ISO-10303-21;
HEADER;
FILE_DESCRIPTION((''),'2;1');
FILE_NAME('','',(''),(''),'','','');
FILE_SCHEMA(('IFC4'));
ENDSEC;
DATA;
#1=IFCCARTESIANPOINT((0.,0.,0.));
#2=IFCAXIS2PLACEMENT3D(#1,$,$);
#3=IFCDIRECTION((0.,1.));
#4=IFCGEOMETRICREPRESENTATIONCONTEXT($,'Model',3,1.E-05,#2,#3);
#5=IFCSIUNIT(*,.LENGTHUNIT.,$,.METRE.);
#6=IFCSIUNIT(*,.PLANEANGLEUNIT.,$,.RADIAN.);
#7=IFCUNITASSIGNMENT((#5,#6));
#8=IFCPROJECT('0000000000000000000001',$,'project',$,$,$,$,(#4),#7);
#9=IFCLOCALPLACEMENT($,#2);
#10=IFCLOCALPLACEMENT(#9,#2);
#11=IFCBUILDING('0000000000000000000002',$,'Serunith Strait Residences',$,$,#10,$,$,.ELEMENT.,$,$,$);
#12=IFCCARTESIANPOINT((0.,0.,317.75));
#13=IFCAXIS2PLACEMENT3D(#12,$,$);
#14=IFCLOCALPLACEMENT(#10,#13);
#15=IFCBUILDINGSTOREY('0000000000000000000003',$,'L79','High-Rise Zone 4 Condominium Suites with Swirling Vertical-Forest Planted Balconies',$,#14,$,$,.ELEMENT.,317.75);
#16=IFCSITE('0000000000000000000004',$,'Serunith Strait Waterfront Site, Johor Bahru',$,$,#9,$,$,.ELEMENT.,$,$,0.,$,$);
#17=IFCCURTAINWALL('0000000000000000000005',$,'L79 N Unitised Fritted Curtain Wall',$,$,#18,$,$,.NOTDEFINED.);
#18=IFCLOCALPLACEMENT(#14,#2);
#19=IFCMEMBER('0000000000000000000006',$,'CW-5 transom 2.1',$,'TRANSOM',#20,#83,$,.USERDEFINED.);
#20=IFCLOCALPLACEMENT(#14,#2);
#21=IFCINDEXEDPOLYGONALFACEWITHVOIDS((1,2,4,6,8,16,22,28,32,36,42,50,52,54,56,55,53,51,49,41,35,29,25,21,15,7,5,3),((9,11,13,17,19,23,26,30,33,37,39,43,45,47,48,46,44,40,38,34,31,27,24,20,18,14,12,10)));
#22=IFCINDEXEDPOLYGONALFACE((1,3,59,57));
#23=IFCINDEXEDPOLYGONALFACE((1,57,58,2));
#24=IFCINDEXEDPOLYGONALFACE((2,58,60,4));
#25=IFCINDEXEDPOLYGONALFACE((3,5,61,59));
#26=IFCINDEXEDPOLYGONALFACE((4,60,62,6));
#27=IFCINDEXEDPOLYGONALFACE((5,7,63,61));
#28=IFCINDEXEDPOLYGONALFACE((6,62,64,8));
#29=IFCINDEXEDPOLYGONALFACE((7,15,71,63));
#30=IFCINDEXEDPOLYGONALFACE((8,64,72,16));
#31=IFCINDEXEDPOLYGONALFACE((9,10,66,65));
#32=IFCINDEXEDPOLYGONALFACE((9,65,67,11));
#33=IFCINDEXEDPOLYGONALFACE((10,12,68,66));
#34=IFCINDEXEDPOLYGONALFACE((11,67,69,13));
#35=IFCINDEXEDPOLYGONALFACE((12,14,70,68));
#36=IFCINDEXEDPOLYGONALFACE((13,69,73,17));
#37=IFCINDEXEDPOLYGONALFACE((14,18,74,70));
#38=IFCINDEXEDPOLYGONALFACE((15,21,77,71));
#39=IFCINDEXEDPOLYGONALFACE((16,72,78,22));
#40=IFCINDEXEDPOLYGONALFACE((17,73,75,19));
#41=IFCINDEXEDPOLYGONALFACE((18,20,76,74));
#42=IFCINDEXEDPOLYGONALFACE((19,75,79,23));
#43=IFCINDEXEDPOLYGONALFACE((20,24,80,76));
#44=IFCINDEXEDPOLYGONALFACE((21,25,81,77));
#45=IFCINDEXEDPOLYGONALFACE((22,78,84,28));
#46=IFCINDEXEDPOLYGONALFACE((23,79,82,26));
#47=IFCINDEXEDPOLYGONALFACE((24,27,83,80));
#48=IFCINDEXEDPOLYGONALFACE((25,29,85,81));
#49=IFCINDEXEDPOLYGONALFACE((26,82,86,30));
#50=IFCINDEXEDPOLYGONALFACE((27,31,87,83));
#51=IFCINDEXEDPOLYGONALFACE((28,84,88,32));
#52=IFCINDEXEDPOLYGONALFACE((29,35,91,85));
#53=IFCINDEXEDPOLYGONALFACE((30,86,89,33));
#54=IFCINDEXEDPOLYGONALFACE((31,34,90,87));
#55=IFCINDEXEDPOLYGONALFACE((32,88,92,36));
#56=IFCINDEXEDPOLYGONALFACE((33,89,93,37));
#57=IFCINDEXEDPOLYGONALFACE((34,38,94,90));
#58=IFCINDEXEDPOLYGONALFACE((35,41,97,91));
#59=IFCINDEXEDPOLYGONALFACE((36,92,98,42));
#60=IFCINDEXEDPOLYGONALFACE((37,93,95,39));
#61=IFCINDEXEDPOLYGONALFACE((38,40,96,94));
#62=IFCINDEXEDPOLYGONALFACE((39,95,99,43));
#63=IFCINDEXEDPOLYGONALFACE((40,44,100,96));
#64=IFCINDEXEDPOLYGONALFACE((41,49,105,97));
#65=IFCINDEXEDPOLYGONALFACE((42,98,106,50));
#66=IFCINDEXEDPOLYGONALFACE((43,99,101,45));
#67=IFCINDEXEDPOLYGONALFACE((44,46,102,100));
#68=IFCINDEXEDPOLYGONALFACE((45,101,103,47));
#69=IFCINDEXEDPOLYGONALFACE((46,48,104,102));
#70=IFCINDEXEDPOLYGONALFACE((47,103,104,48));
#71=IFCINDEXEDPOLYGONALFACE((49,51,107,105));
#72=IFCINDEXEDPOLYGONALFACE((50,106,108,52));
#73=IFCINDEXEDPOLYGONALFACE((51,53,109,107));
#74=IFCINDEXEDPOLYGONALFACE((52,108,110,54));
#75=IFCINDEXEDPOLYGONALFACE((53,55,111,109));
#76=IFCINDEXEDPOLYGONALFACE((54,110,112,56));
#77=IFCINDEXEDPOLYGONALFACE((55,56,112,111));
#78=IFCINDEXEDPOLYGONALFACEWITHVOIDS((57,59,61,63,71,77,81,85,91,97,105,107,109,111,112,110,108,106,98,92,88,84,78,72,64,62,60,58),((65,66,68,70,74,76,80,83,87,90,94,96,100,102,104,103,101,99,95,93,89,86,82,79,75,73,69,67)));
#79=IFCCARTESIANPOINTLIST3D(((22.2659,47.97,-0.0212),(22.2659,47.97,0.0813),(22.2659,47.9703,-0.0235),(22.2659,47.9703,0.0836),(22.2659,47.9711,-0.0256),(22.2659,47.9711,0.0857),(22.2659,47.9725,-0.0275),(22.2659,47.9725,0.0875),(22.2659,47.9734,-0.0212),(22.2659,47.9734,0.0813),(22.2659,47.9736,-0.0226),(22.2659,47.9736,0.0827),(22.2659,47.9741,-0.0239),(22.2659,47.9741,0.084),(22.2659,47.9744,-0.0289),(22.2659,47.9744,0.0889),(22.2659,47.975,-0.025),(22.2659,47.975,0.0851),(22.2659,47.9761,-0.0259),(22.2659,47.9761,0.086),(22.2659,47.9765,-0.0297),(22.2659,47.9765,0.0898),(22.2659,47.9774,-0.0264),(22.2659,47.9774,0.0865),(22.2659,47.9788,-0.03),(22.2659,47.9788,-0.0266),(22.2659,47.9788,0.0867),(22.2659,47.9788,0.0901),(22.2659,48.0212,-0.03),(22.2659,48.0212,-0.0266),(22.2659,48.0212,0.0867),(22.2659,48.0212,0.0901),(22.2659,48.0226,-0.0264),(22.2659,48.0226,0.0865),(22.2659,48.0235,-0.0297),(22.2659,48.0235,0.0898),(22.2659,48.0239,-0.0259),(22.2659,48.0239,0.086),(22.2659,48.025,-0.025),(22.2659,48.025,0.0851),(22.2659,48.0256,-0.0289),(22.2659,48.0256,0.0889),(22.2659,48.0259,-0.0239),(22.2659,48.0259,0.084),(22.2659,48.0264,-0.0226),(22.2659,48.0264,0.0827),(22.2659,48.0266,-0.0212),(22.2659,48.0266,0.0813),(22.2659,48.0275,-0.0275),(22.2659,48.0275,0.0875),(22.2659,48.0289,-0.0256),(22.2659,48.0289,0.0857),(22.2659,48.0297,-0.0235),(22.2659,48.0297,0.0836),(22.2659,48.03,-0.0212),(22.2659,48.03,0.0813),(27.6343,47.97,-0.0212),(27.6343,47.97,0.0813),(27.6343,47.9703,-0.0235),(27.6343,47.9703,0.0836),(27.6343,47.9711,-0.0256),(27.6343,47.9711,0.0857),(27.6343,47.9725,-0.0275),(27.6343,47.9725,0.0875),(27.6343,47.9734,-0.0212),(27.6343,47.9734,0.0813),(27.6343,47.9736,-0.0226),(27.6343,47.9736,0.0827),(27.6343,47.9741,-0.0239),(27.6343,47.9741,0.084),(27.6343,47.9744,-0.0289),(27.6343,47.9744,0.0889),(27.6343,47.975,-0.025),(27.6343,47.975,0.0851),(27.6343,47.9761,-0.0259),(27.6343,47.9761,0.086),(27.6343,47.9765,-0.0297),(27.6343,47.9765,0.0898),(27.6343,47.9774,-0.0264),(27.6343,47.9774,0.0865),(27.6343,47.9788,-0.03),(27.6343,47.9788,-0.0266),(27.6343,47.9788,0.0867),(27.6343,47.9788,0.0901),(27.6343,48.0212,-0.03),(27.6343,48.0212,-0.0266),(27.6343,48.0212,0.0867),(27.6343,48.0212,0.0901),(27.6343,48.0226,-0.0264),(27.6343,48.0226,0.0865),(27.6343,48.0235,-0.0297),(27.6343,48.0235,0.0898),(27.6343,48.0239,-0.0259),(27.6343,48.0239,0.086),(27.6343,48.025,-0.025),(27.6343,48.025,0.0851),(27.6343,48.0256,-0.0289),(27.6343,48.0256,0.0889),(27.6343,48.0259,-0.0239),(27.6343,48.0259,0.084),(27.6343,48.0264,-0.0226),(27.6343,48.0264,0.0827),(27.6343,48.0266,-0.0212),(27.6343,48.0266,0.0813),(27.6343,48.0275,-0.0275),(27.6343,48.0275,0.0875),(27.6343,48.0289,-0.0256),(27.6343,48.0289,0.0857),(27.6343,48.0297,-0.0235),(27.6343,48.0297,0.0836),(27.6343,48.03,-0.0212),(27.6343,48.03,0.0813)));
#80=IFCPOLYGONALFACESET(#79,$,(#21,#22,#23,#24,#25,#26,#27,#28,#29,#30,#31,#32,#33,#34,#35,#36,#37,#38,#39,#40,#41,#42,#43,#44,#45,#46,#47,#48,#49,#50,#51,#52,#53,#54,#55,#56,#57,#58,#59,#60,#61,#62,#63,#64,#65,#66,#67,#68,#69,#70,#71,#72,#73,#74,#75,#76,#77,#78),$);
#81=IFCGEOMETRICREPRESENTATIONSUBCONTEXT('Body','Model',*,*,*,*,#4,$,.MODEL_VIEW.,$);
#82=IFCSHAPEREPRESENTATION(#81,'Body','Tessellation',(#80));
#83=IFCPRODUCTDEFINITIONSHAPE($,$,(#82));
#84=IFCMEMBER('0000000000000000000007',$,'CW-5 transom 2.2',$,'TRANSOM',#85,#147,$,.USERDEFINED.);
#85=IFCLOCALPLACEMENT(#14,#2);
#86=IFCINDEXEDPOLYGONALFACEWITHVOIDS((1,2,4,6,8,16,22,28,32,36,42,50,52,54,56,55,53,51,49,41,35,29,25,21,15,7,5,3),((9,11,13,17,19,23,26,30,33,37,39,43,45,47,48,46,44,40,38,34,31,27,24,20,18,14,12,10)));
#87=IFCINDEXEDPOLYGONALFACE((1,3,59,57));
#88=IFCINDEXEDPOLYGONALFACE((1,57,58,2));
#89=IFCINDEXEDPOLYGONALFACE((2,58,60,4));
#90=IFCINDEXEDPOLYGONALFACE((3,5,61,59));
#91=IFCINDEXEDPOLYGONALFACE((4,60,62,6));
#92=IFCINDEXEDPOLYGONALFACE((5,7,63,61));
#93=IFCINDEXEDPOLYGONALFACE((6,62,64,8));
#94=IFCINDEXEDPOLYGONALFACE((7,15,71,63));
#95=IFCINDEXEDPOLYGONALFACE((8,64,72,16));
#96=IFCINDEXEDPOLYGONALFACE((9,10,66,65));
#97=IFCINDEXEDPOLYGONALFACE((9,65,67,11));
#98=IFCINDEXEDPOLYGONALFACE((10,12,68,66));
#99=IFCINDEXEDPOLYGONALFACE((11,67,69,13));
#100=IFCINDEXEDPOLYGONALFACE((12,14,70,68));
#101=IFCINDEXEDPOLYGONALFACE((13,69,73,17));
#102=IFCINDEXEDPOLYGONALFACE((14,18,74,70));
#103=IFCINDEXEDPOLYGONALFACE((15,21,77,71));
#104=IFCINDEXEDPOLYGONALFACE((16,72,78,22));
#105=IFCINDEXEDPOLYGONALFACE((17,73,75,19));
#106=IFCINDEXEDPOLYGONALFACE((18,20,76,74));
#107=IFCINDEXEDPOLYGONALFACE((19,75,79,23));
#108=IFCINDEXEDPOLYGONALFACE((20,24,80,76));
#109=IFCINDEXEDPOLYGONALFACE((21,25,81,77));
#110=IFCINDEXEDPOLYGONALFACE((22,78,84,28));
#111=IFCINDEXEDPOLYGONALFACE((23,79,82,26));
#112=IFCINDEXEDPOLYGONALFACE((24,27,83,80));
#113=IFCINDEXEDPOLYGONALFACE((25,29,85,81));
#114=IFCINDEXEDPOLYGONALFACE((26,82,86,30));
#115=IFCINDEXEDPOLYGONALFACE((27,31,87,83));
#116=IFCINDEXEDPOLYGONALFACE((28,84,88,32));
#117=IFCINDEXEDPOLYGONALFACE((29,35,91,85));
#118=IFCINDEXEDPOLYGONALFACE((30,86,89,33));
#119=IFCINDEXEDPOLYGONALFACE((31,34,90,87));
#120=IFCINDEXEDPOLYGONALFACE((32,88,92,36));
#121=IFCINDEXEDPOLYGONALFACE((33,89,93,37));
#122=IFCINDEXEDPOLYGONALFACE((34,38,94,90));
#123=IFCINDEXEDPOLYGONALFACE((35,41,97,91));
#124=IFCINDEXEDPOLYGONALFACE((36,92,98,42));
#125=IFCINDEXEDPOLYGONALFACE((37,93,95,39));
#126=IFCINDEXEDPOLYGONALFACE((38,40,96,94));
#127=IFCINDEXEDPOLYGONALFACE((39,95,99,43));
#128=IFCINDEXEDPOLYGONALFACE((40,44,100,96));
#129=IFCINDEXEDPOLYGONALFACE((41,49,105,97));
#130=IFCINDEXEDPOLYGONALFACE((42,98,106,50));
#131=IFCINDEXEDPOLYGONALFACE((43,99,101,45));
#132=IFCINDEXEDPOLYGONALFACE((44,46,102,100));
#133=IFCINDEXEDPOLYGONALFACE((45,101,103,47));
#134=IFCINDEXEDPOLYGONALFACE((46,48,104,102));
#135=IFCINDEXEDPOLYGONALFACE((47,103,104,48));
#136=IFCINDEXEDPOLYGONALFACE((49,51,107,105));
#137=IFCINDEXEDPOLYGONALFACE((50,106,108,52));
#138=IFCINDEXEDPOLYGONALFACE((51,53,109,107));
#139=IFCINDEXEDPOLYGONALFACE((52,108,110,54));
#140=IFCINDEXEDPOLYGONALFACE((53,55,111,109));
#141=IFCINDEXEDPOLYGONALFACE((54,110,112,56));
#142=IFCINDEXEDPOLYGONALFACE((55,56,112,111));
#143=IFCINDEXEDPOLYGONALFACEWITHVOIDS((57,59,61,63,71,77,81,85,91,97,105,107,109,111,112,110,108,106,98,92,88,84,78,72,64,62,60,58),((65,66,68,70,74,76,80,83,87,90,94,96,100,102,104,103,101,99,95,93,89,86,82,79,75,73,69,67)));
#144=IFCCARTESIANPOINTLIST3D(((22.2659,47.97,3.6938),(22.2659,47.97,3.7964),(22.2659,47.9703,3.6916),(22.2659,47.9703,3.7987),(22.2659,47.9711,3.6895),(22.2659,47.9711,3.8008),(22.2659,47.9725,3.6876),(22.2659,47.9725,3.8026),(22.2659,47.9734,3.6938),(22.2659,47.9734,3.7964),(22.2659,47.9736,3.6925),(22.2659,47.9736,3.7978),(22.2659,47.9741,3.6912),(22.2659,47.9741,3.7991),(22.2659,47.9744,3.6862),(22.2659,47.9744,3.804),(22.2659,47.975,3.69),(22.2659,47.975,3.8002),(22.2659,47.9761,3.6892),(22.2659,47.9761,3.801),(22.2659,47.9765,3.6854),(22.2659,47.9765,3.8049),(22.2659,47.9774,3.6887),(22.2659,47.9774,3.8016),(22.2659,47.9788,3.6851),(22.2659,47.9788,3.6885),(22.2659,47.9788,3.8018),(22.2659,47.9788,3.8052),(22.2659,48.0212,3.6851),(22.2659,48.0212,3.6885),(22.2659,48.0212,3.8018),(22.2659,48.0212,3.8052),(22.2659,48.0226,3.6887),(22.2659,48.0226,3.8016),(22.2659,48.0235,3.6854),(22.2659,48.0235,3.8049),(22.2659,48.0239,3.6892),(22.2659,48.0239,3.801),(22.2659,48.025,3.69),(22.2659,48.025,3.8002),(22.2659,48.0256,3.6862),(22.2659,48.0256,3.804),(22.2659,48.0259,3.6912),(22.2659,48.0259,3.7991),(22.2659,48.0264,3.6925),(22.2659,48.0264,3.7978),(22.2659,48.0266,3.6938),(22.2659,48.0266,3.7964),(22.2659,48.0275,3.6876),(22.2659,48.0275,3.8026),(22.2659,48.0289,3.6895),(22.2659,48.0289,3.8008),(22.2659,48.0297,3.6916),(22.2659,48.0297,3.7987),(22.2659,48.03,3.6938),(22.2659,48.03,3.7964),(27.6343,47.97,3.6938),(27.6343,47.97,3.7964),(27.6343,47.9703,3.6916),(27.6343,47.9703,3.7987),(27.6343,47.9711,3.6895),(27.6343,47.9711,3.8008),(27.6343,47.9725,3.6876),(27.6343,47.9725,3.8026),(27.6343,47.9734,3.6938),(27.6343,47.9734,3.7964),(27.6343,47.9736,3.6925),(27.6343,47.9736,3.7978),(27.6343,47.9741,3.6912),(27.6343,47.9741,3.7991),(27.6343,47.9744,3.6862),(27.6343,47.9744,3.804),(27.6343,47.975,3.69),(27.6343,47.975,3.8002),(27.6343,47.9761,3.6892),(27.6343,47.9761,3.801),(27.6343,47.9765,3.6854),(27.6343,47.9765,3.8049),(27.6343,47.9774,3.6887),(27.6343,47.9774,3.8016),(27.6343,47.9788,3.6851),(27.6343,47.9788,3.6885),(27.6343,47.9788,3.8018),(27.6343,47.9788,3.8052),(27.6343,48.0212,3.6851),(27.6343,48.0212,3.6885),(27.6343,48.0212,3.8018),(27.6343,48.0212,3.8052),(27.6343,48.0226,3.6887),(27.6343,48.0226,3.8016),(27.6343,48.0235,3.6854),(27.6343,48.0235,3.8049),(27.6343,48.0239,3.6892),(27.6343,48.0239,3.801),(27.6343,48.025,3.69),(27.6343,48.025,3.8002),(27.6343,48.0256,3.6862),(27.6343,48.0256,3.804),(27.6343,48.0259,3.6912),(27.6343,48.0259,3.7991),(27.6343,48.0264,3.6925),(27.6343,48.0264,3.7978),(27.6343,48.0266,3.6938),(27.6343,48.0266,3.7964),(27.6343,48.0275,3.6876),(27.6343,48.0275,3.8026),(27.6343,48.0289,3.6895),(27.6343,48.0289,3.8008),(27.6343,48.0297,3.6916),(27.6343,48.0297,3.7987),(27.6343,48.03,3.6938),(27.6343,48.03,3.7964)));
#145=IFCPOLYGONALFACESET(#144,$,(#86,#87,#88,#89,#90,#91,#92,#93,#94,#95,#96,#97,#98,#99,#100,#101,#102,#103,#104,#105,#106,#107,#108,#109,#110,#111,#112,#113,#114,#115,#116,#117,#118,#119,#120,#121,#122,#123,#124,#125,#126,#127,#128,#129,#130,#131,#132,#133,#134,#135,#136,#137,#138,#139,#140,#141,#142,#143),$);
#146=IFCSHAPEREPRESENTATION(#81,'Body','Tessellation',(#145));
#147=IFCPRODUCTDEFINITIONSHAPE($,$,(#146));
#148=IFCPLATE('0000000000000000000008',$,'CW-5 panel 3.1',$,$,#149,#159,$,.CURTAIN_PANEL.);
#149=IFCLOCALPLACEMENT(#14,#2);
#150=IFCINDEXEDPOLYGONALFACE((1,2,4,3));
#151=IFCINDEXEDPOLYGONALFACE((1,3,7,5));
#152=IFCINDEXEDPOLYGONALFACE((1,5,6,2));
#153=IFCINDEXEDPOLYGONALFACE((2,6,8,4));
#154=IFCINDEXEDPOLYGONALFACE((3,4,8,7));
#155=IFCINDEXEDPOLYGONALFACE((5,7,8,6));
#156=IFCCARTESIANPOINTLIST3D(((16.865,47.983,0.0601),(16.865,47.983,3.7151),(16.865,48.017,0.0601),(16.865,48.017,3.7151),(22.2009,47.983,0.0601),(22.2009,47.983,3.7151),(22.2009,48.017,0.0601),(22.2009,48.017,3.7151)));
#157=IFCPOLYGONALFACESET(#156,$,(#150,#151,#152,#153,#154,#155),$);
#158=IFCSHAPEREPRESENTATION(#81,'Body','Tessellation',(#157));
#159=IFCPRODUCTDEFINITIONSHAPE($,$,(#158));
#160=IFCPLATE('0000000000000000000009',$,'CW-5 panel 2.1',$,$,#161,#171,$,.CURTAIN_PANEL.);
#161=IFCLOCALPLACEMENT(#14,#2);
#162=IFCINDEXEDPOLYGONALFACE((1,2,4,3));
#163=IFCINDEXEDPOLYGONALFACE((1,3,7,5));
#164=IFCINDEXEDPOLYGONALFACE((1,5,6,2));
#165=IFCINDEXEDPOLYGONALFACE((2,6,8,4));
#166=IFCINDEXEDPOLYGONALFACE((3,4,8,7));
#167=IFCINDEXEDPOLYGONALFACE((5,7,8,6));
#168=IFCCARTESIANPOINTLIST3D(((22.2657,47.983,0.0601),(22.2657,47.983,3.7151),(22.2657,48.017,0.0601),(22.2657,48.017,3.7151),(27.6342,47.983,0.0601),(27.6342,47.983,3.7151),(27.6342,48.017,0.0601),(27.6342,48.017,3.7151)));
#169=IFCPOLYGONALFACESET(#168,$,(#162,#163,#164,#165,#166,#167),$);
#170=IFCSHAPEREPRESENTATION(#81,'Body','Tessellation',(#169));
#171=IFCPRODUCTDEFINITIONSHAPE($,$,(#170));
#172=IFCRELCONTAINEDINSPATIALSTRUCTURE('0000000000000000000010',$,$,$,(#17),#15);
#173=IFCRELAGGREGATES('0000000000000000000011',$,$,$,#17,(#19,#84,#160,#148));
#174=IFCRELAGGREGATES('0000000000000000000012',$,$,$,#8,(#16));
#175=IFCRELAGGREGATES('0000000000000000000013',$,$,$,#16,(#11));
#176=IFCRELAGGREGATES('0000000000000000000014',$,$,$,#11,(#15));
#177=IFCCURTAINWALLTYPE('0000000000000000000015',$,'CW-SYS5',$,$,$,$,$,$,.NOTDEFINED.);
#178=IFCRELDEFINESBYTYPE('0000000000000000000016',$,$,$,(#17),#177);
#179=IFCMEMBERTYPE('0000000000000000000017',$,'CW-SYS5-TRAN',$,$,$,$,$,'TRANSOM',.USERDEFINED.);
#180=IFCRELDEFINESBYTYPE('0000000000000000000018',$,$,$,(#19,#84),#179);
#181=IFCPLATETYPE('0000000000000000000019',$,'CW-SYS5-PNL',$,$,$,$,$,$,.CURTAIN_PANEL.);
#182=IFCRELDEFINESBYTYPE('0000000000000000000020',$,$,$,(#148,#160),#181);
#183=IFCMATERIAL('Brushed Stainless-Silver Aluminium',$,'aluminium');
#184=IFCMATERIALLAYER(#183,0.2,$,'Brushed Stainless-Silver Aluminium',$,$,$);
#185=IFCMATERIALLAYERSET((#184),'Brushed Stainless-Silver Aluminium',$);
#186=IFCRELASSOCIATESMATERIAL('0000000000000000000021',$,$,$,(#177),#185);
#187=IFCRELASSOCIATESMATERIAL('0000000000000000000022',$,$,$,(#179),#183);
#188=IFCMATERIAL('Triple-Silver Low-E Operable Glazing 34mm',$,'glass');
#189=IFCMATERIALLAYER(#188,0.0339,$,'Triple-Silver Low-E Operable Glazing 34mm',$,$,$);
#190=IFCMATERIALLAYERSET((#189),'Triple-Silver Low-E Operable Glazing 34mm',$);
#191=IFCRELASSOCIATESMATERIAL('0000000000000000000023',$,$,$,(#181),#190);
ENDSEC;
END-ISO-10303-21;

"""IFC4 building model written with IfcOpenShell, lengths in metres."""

from ifc_helpers import new_model, si_unit, direction, frame, origin, origin_2d, place, context, subcontext, project, spatial, rectangle, hollow_rectangle, extrude, source, transform, mapped, material, layer, layer_set, material_profile, profile_set, type_object, element, aggregate, save


model = new_model("IFC4")

# Units and contexts
model_context = context("Model", 3, precision=1e-05, world=origin(), true_north=direction((0.0, 1.0)))
body_context = subcontext(model_context, "Body", "Model", "MODEL_VIEW")
ifc_project = project(units=[si_unit("LENGTHUNIT", "METRE"), si_unit("PLANEANGLEUNIT", "RADIAN")], contexts=[model_context])

# Site, building, storey
site_placement = place(None, origin())
site = spatial("IfcSite", under=ifc_project, at=site_placement, Name="Serunith Strait Waterfront Site, Johor Bahru", CompositionType="ELEMENT", RefElevation=0.0)
building_placement = place(site_placement, origin())
building = spatial("IfcBuilding", under=site, at=building_placement, Name="Serunith Strait Residences", CompositionType="ELEMENT")
storey_placement = place(building_placement, frame((0.0, 0.0, 317.75)))
storey = spatial("IfcBuildingStorey", under=building, at=storey_placement, Name="L79", Description="High-Rise Zone 4 Condominium Suites with Swirling Vertical-Forest Planted Balconies", CompositionType="ELEMENT", Elevation=317.75)

# Curtain wall, members, plates
ifc_material_1 = material(Name="Brushed Stainless-Silver Aluminium", Category="aluminium")
ifc_layer_1 = layer(ifc_material_1, 0.2, Name="Brushed Stainless-Silver Aluminium")
ifc_layer_set_1 = layer_set([ifc_layer_1], Name="Brushed Stainless-Silver Aluminium")
curtain_wall_type = type_object("IfcCurtainWallType", Name="CW-SYS5", PredefinedType="NOTDEFINED", material=ifc_layer_set_1)
curtain_wall_placement = place(storey_placement, origin())
curtain_wall = element("IfcCurtainWall", 1, at=curtain_wall_placement, inside=storey, type_object=curtain_wall_type, Name="L79 N Unitised Fritted Curtain Wall", PredefinedType="NOTDEFINED")
ifc_material_profile_1 = material_profile(ifc_material_1, hollow_rectangle(XDim=0.0601, YDim=0.1201, WallThickness=0.0034, InnerFilletRadius=0.0054, OuterFilletRadius=0.0088, at=origin_2d()), Name="ALU 120x60x3.5")
ifc_profile_set_1 = profile_set([ifc_material_profile_1], Name="Brushed Stainless-Silver Aluminium")
member_type_1 = type_object("IfcMemberType", Name="CW-SYS5-TRAN", ElementType="TRANSOM", PredefinedType="USERDEFINED", material=ifc_profile_set_1)
shared_shape_1 = source(origin(), body_context, "Body", "SweptSolid", [
    extrude(hollow_rectangle(XDim=0.0601, YDim=0.1201, WallThickness=0.0034, InnerFilletRadius=0.0054, OuterFilletRadius=0.0088, at=origin_2d()), origin(), (0.0, 0.0, 1.0), 5.3684),
])
member_1_placement = place(storey_placement, frame((27.6343, 48.0, 0.03), z_axis=(-1.0, 0.0, 0.0), x_axis=(0.0, -1.0, 0.0)))
member_1 = element("IfcMember", 2, at=member_1_placement, type_object=member_type_1, Name="CW-5 transom 2.1", ObjectType="TRANSOM", PredefinedType="USERDEFINED", context=body_context, shape_type="MappedRepresentation", body=[
    mapped(shared_shape_1, transform((0.0, 0.0, 0.0), scale=1.0)),
])
member_2_placement = place(storey_placement, frame((27.6343, 48.0, 3.7451), z_axis=(-1.0, 0.0, 0.0), x_axis=(0.0, -1.0, 0.0)))
member_2 = element("IfcMember", 3, at=member_2_placement, type_object=member_type_1, Name="CW-5 transom 2.2", ObjectType="TRANSOM", PredefinedType="USERDEFINED", context=body_context, shape_type="MappedRepresentation", body=[
    mapped(shared_shape_1, transform((0.0, 0.0, 0.0), scale=1.0)),
])
ifc_material_2 = material(Name="Triple-Silver Low-E Operable Glazing 34mm", Category="glass")
ifc_layer_2 = layer(ifc_material_2, 0.0339, Name="Triple-Silver Low-E Operable Glazing 34mm")
ifc_layer_set_2 = layer_set([ifc_layer_2], Name="Triple-Silver Low-E Operable Glazing 34mm")
plate_type = type_object("IfcPlateType", Name="CW-SYS5-PNL", PredefinedType="CURTAIN_PANEL", material=ifc_layer_set_2)
shared_shape_2 = source(origin(), body_context, "Body", "SweptSolid", [
    extrude(rectangle(XDim=5.3359, YDim=0.0339, at=origin_2d()), origin(), (0.0, 0.0, 1.0), 3.655),
])
plate_1_placement = place(storey_placement, frame((19.533, 48.0, 0.0601), z_axis=(0.0, 0.0, 1.0), x_axis=(-1.0, 0.0, 0.0)))
plate_1 = element("IfcPlate", 4, at=plate_1_placement, type_object=plate_type, Name="CW-5 panel 3.1", PredefinedType="CURTAIN_PANEL", context=body_context, shape_type="MappedRepresentation", body=[
    mapped(shared_shape_2, transform((0.0, 0.0, 0.0), scale=1.0)),
])
shared_shape_3 = source(origin(), body_context, "Body", "SweptSolid", [
    extrude(rectangle(XDim=5.3684, YDim=0.0339, at=origin_2d()), origin(), (0.0, 0.0, 1.0), 3.655),
])
plate_2_placement = place(storey_placement, frame((24.95, 48.0, 0.0601), z_axis=(0.0, 0.0, 1.0), x_axis=(-1.0, 0.0, 0.0)))
plate_2 = element("IfcPlate", 5, at=plate_2_placement, type_object=plate_type, Name="CW-5 panel 2.1", PredefinedType="CURTAIN_PANEL", context=body_context, shape_type="MappedRepresentation", body=[
    mapped(shared_shape_3, transform((0.0, 0.0, 0.0), scale=1.0)),
])
aggregate(curtain_wall, [member_1, member_2, plate_2, plate_1])

save(model, "model.ifc")
